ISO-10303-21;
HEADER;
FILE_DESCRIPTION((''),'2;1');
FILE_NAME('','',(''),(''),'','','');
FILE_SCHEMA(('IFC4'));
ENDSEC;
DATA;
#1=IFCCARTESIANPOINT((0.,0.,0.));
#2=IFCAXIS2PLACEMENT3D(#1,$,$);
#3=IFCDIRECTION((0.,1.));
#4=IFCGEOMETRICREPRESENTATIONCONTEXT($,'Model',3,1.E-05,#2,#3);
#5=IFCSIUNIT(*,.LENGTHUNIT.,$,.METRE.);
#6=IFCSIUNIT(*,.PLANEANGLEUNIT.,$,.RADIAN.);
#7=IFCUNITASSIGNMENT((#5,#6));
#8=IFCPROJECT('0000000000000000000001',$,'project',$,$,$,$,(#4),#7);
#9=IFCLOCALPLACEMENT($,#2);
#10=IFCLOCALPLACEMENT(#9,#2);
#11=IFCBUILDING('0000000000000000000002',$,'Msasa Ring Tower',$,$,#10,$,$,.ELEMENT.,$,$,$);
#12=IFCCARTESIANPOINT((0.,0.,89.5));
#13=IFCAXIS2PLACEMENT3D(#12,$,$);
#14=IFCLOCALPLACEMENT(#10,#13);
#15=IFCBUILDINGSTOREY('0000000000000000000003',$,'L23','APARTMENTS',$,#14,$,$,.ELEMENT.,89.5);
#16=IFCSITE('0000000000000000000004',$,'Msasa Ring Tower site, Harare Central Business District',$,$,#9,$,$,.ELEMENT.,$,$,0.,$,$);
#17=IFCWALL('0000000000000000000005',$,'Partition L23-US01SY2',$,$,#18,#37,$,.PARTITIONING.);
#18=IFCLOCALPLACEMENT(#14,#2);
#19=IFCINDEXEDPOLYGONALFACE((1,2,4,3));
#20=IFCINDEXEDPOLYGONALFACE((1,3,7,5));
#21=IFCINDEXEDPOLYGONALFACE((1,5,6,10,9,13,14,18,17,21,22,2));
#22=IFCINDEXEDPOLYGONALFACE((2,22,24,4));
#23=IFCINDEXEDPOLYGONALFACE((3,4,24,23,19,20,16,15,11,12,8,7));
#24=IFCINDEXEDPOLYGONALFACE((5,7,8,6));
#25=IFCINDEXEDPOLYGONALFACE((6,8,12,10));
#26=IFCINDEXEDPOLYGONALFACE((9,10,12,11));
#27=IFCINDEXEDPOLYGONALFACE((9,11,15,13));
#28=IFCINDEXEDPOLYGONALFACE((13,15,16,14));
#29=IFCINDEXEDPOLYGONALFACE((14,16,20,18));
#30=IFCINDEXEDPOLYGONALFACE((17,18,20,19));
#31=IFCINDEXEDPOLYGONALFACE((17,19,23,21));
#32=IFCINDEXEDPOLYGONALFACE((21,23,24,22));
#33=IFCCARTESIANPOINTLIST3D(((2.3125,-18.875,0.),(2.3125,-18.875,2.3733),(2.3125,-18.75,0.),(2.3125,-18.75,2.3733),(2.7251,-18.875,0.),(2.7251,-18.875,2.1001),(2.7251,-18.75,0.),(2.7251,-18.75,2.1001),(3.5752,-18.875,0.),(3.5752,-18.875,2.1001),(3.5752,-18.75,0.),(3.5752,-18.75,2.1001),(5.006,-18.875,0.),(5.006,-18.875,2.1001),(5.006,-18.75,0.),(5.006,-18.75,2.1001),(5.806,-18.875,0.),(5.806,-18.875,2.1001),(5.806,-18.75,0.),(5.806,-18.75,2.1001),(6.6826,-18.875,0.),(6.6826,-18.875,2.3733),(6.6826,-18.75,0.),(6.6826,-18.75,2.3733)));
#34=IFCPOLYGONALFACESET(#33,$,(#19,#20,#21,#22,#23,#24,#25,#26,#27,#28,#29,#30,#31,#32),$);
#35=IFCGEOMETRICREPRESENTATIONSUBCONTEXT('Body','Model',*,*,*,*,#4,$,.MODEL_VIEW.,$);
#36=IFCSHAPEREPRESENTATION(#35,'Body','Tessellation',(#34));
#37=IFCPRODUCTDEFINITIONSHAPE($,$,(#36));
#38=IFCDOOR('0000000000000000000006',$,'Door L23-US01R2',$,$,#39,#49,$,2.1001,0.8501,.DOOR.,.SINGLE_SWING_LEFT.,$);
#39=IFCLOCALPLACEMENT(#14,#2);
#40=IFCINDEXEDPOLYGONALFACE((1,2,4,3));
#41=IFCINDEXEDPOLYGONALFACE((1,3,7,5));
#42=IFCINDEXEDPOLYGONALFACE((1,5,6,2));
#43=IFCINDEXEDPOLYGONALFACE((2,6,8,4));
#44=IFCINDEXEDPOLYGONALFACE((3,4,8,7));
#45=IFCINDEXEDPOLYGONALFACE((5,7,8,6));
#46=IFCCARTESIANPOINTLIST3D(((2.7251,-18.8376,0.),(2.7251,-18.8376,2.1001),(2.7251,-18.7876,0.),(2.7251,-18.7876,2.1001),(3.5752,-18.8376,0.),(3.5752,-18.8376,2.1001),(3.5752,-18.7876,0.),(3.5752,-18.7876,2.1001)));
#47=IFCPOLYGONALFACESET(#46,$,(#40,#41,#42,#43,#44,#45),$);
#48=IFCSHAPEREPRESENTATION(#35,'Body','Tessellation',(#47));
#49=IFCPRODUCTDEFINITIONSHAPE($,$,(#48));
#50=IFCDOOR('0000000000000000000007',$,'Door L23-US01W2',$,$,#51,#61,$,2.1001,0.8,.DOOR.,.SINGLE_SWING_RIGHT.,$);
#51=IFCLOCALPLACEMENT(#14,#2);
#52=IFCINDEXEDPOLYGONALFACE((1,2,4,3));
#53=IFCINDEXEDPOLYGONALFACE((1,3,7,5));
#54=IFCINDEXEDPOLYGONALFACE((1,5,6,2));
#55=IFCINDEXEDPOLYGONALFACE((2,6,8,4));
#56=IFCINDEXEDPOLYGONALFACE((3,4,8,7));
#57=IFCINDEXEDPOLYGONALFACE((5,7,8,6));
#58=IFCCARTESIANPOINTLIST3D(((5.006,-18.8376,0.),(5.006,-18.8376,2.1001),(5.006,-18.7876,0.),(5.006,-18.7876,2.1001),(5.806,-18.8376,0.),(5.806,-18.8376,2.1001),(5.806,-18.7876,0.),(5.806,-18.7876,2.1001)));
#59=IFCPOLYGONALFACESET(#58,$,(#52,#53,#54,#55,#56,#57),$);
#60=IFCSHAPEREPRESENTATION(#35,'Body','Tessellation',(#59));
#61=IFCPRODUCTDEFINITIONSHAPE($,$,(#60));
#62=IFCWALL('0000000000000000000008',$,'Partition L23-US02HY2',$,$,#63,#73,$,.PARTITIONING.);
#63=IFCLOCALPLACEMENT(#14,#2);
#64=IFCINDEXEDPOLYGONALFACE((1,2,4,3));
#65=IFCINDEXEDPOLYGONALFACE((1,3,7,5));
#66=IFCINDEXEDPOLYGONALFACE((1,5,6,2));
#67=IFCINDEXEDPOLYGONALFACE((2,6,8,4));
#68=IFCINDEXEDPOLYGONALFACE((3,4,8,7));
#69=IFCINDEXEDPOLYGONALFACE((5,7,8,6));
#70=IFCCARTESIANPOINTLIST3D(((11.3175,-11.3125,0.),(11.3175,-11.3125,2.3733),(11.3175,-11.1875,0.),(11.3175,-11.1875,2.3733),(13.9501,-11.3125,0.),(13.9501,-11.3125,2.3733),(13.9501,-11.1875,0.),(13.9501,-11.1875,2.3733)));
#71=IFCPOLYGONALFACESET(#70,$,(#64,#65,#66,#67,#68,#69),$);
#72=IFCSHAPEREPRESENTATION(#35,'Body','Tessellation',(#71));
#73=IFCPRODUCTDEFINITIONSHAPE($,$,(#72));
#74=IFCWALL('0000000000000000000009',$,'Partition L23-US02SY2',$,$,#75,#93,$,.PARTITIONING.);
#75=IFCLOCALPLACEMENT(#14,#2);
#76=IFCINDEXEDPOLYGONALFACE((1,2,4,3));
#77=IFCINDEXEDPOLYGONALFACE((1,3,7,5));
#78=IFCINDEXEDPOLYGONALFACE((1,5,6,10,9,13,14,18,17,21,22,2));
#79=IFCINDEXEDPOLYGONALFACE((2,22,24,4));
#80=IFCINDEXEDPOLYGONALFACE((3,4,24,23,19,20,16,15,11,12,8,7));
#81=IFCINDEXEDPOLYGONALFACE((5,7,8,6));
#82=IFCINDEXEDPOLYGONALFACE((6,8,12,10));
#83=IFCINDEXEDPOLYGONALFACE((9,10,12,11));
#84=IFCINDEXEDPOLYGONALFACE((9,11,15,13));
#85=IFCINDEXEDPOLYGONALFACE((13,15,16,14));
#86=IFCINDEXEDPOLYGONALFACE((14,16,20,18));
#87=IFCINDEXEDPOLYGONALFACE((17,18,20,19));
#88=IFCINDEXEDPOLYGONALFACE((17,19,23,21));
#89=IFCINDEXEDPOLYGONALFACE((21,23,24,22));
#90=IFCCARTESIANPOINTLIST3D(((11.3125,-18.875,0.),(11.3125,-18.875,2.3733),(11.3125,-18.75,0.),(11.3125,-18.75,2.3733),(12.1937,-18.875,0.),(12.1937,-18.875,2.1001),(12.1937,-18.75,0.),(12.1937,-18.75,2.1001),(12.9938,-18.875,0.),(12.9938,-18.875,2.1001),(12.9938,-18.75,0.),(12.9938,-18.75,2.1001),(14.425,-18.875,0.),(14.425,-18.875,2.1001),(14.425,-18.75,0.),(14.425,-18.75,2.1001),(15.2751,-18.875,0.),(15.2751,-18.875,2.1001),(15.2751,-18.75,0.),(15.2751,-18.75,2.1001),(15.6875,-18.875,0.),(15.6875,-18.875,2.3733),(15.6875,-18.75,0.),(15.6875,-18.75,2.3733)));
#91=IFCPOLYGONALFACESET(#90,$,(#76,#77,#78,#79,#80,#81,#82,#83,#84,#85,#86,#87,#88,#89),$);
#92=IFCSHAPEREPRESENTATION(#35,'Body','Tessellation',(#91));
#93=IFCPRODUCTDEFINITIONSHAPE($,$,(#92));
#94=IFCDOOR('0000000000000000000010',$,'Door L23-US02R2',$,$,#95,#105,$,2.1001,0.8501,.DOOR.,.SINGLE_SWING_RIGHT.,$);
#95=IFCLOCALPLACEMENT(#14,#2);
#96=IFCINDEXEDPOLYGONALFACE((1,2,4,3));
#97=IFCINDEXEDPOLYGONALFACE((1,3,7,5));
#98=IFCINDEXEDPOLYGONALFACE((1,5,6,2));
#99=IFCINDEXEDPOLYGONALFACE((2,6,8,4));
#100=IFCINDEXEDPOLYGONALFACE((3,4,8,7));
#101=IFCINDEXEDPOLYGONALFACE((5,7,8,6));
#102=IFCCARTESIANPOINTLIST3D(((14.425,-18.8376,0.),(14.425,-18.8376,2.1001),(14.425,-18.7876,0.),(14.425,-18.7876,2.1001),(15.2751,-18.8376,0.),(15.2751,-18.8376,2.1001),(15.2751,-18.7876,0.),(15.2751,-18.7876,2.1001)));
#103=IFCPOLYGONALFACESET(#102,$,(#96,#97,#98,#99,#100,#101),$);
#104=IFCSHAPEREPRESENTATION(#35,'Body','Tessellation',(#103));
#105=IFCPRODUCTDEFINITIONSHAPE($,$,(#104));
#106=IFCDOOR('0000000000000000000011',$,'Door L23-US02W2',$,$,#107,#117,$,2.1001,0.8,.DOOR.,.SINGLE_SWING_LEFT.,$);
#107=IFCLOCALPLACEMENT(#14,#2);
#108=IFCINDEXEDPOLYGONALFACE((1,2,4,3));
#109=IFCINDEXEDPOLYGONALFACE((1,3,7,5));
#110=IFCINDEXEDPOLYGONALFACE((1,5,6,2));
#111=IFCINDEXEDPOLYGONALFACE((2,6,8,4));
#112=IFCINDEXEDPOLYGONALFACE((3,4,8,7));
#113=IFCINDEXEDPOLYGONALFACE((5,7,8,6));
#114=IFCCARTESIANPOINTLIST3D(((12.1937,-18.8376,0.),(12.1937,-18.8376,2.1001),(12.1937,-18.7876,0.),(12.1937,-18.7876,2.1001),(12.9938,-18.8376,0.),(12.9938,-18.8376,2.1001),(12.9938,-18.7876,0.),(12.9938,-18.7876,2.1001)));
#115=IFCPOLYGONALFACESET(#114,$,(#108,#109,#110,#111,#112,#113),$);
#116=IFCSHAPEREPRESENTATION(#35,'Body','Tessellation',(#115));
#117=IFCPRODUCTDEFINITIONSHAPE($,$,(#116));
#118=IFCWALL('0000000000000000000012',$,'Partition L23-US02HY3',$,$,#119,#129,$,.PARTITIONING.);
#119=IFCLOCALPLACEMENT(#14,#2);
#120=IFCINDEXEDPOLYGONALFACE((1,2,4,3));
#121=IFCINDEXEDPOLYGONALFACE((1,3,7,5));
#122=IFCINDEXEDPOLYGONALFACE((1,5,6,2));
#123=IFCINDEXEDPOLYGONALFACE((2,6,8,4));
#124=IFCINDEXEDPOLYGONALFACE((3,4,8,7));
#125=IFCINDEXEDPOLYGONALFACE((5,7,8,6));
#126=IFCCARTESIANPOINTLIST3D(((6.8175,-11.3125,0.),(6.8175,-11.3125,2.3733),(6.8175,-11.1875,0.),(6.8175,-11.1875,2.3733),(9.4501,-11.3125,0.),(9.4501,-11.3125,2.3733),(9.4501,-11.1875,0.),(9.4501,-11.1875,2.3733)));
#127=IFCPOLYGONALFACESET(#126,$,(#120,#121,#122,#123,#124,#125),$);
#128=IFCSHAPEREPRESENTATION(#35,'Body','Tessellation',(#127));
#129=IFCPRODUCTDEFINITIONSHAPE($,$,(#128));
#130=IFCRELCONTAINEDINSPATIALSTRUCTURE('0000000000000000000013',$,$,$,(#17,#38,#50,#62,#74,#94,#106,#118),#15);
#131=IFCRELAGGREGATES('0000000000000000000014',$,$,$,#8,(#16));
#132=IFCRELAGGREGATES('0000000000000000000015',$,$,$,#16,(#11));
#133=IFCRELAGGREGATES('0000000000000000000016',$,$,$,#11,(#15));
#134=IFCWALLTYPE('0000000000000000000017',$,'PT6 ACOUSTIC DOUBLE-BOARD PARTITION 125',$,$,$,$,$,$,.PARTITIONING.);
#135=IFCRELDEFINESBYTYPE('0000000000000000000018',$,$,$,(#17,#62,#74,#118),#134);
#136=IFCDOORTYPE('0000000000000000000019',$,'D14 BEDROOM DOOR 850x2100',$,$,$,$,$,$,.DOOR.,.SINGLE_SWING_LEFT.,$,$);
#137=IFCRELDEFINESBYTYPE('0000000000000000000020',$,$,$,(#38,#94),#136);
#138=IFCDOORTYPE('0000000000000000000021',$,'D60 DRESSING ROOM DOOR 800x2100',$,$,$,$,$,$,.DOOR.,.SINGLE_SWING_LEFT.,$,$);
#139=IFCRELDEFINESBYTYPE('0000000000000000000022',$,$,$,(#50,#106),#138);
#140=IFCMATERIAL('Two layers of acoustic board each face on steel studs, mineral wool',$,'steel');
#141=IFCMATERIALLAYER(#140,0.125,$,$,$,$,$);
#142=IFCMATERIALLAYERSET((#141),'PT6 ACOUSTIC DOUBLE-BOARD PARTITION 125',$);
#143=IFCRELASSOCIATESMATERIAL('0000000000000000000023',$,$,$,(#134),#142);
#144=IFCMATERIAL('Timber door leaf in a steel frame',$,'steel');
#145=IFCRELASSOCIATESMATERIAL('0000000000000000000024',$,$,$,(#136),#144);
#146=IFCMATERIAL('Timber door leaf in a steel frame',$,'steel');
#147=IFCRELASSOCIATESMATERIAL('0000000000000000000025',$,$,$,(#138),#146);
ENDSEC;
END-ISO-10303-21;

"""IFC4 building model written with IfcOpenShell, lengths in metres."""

from ifc_helpers import new_model, si_unit, direction, frame, frame_2d, origin, place, context, subcontext, project, spatial, rectangle, extrude, material, layer, layer_set, type_object, element, fill, save


model = new_model("IFC4")

# Units and contexts
model_context = context("Model", 3, precision=1e-05, world=origin(), true_north=direction((0.0, 1.0)))
body_context = subcontext(model_context, "Body", "Model", "MODEL_VIEW")
ifc_project = project(units=[si_unit("LENGTHUNIT", "METRE"), si_unit("PLANEANGLEUNIT", "RADIAN")], contexts=[model_context])

# Site, building, storey
site_placement = place(None, origin())
site = spatial("IfcSite", under=ifc_project, at=site_placement, Name="Msasa Ring Tower site, Harare Central Business District", CompositionType="ELEMENT", RefElevation=0.0)
building_placement = place(site_placement, origin())
building = spatial("IfcBuilding", under=site, at=building_placement, Name="Msasa Ring Tower", CompositionType="ELEMENT")
storey_placement = place(building_placement, frame((0.0, 0.0, 89.5)))
storey = spatial("IfcBuildingStorey", under=building, at=storey_placement, Name="L23", Description="APARTMENTS", CompositionType="ELEMENT", Elevation=89.5)

# Shared definitions
ifc_material_1 = material(Name="Two layers of acoustic board each face on steel studs, mineral wool", Category="steel")
ifc_layer_1 = layer(ifc_material_1, 0.125)
ifc_layer_set_1 = layer_set([ifc_layer_1], Name="PT6 ACOUSTIC DOUBLE-BOARD PARTITION 125")
wall_type_1 = type_object("IfcWallType", Name="PT6 ACOUSTIC DOUBLE-BOARD PARTITION 125", PredefinedType="PARTITIONING", material=ifc_layer_set_1)

# Wall, openings, doors
wall_1_placement = place(storey_placement, frame((2.3125, -18.8125, 0.0), z_axis=(0.0, 0.0, 1.0), x_axis=(1.0, 0.0, 0.0)))
wall_1 = element("IfcWall", 1, at=wall_1_placement, inside=storey, type_object=wall_type_1, Name="Partition L23-US01SY2", PredefinedType="PARTITIONING", context=body_context, shape_type="SweptSolid", body=[
    extrude(rectangle(XDim=4.3701, YDim=0.125, at=frame_2d((2.1851, 0.0))), origin(), (0.0, 0.0, 1.0), 2.3733),
])
opening_1_placement = place(wall_1_placement, frame((0.4126, 0.0, 0.0)))
opening_1 = element("IfcOpeningElement", 2, at=opening_1_placement, cuts=wall_1, PredefinedType="OPENING", context=body_context, shape_type="SweptSolid", body=[
    extrude(rectangle(XDim=0.8501, YDim=2.1001, at=frame_2d((0.425, 1.05))), frame((0.0, 0.0725, 0.0), z_axis=(0.0, -1.0, 0.0), x_axis=(1.0, 0.0, 0.0)), (0.0, 0.0, 1.0), 0.145),
])
opening_2_placement = place(wall_1_placement, frame((2.6936, 0.0, 0.0)))
opening_2 = element("IfcOpeningElement", 3, at=opening_2_placement, cuts=wall_1, PredefinedType="OPENING", context=body_context, shape_type="SweptSolid", body=[
    extrude(rectangle(XDim=0.8, YDim=2.1001, at=frame_2d((0.3999, 1.05))), frame((0.0, 0.0725, 0.0), z_axis=(0.0, -1.0, 0.0), x_axis=(1.0, 0.0, 0.0)), (0.0, 0.0, 1.0), 0.145),
])
ifc_material_2 = material(Name="Timber door leaf in a steel frame", Category="steel")
door_type_1 = type_object("IfcDoorType", Name="D14 BEDROOM DOOR 850x2100", OperationType="SINGLE_SWING_LEFT", PredefinedType="DOOR", material=ifc_material_2)
door_1_placement = place(opening_1_placement, origin())
door_1 = element("IfcDoor", 4, at=door_1_placement, inside=storey, type_object=door_type_1, Name="Door L23-US01R2", OperationType="SINGLE_SWING_LEFT", OverallHeight=2.1001, OverallWidth=0.8501, PredefinedType="DOOR", context=body_context, shape_type="SweptSolid", body=[
    extrude(rectangle(XDim=0.8501, YDim=2.1001, at=frame_2d((0.425, 1.05))), frame((0.0, 0.0249, 0.0), z_axis=(0.0, -1.0, 0.0), x_axis=(1.0, 0.0, 0.0)), (0.0, 0.0, 1.0), 0.05),
])
fill(opening_1, door_1)
ifc_material_3 = material(Name="Timber door leaf in a steel frame", Category="steel")
door_type_2 = type_object("IfcDoorType", Name="D60 DRESSING ROOM DOOR 800x2100", OperationType="SINGLE_SWING_LEFT", PredefinedType="DOOR", material=ifc_material_3)
door_2_placement = place(opening_2_placement, origin())
door_2 = element("IfcDoor", 5, at=door_2_placement, inside=storey, type_object=door_type_2, Name="Door L23-US01W2", OperationType="SINGLE_SWING_RIGHT", OverallHeight=2.1001, OverallWidth=0.8, PredefinedType="DOOR", context=body_context, shape_type="SweptSolid", body=[
    extrude(rectangle(XDim=0.8, YDim=2.1001, at=frame_2d((0.3999, 1.05))), frame((0.0, 0.0249, 0.0), z_axis=(0.0, -1.0, 0.0), x_axis=(1.0, 0.0, 0.0)), (0.0, 0.0, 1.0), 0.05),
])
fill(opening_2, door_2)

# Wall
wall_2_placement = place(storey_placement, frame((11.3174, -11.25, 0.0), z_axis=(0.0, 0.0, 1.0), x_axis=(1.0, 0.0, 0.0)))
element("IfcWall", 6, at=wall_2_placement, inside=storey, type_object=wall_type_1, Name="Partition L23-US02HY2", PredefinedType="PARTITIONING", context=body_context, shape_type="SweptSolid", body=[
    extrude(rectangle(XDim=2.6326, YDim=0.125, at=frame_2d((1.3164, 0.0))), origin(), (0.0, 0.0, 1.0), 2.3733),
])

# Wall, openings, doors
wall_3_placement = place(storey_placement, frame((11.3125, -18.8125, 0.0), z_axis=(0.0, 0.0, 1.0), x_axis=(1.0, 0.0, 0.0)))
wall_3 = element("IfcWall", 7, at=wall_3_placement, inside=storey, type_object=wall_type_1, Name="Partition L23-US02SY2", PredefinedType="PARTITIONING", context=body_context, shape_type="SweptSolid", body=[
    extrude(rectangle(XDim=4.375, YDim=0.125, at=frame_2d((2.1875, 0.0))), origin(), (0.0, 0.0, 1.0), 2.3733),
])
opening_3_placement = place(wall_3_placement, frame((3.1125, 0.0, 0.0)))
opening_3 = element("IfcOpeningElement", 8, at=opening_3_placement, cuts=wall_3, PredefinedType="OPENING", context=body_context, shape_type="SweptSolid", body=[
    extrude(rectangle(XDim=0.8501, YDim=2.1001, at=frame_2d((0.425, 1.05))), frame((0.0, 0.0725, 0.0), z_axis=(0.0, -1.0, 0.0), x_axis=(1.0, 0.0, 0.0)), (0.0, 0.0, 1.0), 0.145),
])
opening_4_placement = place(wall_3_placement, frame((0.8813, 0.0, 0.0)))
opening_4 = element("IfcOpeningElement", 9, at=opening_4_placement, cuts=wall_3, PredefinedType="OPENING", context=body_context, shape_type="SweptSolid", body=[
    extrude(rectangle(XDim=0.8, YDim=2.1001, at=frame_2d((0.3999, 1.05))), frame((0.0, 0.0725, 0.0), z_axis=(0.0, -1.0, 0.0), x_axis=(1.0, 0.0, 0.0)), (0.0, 0.0, 1.0), 0.145),
])
door_3_placement = place(opening_3_placement, origin())
door_3 = element("IfcDoor", 10, at=door_3_placement, inside=storey, type_object=door_type_1, Name="Door L23-US02R2", OperationType="SINGLE_SWING_RIGHT", OverallHeight=2.1001, OverallWidth=0.8501, PredefinedType="DOOR", context=body_context, shape_type="SweptSolid", body=[
    extrude(rectangle(XDim=0.8501, YDim=2.1001, at=frame_2d((0.425, 1.05))), frame((0.0, 0.0249, 0.0), z_axis=(0.0, -1.0, 0.0), x_axis=(1.0, 0.0, 0.0)), (0.0, 0.0, 1.0), 0.05),
])
fill(opening_3, door_3)
door_4_placement = place(opening_4_placement, origin())
door_4 = element("IfcDoor", 11, at=door_4_placement, inside=storey, type_object=door_type_2, Name="Door L23-US02W2", OperationType="SINGLE_SWING_LEFT", OverallHeight=2.1001, OverallWidth=0.8, PredefinedType="DOOR", context=body_context, shape_type="SweptSolid", body=[
    extrude(rectangle(XDim=0.8, YDim=2.1001, at=frame_2d((0.3999, 1.05))), frame((0.0, 0.0249, 0.0), z_axis=(0.0, -1.0, 0.0), x_axis=(1.0, 0.0, 0.0)), (0.0, 0.0, 1.0), 0.05),
])
fill(opening_4, door_4)

# Wall
wall_4_placement = place(storey_placement, frame((6.8174, -11.25, 0.0), z_axis=(0.0, 0.0, 1.0), x_axis=(1.0, 0.0, 0.0)))
element("IfcWall", 12, at=wall_4_placement, inside=storey, type_object=wall_type_1, Name="Partition L23-US02HY3", PredefinedType="PARTITIONING", context=body_context, shape_type="SweptSolid", body=[
    extrude(rectangle(XDim=2.6326, YDim=0.125, at=frame_2d((1.3164, 0.0))), origin(), (0.0, 0.0, 1.0), 2.3733),
])

save(model, "model.ifc")
